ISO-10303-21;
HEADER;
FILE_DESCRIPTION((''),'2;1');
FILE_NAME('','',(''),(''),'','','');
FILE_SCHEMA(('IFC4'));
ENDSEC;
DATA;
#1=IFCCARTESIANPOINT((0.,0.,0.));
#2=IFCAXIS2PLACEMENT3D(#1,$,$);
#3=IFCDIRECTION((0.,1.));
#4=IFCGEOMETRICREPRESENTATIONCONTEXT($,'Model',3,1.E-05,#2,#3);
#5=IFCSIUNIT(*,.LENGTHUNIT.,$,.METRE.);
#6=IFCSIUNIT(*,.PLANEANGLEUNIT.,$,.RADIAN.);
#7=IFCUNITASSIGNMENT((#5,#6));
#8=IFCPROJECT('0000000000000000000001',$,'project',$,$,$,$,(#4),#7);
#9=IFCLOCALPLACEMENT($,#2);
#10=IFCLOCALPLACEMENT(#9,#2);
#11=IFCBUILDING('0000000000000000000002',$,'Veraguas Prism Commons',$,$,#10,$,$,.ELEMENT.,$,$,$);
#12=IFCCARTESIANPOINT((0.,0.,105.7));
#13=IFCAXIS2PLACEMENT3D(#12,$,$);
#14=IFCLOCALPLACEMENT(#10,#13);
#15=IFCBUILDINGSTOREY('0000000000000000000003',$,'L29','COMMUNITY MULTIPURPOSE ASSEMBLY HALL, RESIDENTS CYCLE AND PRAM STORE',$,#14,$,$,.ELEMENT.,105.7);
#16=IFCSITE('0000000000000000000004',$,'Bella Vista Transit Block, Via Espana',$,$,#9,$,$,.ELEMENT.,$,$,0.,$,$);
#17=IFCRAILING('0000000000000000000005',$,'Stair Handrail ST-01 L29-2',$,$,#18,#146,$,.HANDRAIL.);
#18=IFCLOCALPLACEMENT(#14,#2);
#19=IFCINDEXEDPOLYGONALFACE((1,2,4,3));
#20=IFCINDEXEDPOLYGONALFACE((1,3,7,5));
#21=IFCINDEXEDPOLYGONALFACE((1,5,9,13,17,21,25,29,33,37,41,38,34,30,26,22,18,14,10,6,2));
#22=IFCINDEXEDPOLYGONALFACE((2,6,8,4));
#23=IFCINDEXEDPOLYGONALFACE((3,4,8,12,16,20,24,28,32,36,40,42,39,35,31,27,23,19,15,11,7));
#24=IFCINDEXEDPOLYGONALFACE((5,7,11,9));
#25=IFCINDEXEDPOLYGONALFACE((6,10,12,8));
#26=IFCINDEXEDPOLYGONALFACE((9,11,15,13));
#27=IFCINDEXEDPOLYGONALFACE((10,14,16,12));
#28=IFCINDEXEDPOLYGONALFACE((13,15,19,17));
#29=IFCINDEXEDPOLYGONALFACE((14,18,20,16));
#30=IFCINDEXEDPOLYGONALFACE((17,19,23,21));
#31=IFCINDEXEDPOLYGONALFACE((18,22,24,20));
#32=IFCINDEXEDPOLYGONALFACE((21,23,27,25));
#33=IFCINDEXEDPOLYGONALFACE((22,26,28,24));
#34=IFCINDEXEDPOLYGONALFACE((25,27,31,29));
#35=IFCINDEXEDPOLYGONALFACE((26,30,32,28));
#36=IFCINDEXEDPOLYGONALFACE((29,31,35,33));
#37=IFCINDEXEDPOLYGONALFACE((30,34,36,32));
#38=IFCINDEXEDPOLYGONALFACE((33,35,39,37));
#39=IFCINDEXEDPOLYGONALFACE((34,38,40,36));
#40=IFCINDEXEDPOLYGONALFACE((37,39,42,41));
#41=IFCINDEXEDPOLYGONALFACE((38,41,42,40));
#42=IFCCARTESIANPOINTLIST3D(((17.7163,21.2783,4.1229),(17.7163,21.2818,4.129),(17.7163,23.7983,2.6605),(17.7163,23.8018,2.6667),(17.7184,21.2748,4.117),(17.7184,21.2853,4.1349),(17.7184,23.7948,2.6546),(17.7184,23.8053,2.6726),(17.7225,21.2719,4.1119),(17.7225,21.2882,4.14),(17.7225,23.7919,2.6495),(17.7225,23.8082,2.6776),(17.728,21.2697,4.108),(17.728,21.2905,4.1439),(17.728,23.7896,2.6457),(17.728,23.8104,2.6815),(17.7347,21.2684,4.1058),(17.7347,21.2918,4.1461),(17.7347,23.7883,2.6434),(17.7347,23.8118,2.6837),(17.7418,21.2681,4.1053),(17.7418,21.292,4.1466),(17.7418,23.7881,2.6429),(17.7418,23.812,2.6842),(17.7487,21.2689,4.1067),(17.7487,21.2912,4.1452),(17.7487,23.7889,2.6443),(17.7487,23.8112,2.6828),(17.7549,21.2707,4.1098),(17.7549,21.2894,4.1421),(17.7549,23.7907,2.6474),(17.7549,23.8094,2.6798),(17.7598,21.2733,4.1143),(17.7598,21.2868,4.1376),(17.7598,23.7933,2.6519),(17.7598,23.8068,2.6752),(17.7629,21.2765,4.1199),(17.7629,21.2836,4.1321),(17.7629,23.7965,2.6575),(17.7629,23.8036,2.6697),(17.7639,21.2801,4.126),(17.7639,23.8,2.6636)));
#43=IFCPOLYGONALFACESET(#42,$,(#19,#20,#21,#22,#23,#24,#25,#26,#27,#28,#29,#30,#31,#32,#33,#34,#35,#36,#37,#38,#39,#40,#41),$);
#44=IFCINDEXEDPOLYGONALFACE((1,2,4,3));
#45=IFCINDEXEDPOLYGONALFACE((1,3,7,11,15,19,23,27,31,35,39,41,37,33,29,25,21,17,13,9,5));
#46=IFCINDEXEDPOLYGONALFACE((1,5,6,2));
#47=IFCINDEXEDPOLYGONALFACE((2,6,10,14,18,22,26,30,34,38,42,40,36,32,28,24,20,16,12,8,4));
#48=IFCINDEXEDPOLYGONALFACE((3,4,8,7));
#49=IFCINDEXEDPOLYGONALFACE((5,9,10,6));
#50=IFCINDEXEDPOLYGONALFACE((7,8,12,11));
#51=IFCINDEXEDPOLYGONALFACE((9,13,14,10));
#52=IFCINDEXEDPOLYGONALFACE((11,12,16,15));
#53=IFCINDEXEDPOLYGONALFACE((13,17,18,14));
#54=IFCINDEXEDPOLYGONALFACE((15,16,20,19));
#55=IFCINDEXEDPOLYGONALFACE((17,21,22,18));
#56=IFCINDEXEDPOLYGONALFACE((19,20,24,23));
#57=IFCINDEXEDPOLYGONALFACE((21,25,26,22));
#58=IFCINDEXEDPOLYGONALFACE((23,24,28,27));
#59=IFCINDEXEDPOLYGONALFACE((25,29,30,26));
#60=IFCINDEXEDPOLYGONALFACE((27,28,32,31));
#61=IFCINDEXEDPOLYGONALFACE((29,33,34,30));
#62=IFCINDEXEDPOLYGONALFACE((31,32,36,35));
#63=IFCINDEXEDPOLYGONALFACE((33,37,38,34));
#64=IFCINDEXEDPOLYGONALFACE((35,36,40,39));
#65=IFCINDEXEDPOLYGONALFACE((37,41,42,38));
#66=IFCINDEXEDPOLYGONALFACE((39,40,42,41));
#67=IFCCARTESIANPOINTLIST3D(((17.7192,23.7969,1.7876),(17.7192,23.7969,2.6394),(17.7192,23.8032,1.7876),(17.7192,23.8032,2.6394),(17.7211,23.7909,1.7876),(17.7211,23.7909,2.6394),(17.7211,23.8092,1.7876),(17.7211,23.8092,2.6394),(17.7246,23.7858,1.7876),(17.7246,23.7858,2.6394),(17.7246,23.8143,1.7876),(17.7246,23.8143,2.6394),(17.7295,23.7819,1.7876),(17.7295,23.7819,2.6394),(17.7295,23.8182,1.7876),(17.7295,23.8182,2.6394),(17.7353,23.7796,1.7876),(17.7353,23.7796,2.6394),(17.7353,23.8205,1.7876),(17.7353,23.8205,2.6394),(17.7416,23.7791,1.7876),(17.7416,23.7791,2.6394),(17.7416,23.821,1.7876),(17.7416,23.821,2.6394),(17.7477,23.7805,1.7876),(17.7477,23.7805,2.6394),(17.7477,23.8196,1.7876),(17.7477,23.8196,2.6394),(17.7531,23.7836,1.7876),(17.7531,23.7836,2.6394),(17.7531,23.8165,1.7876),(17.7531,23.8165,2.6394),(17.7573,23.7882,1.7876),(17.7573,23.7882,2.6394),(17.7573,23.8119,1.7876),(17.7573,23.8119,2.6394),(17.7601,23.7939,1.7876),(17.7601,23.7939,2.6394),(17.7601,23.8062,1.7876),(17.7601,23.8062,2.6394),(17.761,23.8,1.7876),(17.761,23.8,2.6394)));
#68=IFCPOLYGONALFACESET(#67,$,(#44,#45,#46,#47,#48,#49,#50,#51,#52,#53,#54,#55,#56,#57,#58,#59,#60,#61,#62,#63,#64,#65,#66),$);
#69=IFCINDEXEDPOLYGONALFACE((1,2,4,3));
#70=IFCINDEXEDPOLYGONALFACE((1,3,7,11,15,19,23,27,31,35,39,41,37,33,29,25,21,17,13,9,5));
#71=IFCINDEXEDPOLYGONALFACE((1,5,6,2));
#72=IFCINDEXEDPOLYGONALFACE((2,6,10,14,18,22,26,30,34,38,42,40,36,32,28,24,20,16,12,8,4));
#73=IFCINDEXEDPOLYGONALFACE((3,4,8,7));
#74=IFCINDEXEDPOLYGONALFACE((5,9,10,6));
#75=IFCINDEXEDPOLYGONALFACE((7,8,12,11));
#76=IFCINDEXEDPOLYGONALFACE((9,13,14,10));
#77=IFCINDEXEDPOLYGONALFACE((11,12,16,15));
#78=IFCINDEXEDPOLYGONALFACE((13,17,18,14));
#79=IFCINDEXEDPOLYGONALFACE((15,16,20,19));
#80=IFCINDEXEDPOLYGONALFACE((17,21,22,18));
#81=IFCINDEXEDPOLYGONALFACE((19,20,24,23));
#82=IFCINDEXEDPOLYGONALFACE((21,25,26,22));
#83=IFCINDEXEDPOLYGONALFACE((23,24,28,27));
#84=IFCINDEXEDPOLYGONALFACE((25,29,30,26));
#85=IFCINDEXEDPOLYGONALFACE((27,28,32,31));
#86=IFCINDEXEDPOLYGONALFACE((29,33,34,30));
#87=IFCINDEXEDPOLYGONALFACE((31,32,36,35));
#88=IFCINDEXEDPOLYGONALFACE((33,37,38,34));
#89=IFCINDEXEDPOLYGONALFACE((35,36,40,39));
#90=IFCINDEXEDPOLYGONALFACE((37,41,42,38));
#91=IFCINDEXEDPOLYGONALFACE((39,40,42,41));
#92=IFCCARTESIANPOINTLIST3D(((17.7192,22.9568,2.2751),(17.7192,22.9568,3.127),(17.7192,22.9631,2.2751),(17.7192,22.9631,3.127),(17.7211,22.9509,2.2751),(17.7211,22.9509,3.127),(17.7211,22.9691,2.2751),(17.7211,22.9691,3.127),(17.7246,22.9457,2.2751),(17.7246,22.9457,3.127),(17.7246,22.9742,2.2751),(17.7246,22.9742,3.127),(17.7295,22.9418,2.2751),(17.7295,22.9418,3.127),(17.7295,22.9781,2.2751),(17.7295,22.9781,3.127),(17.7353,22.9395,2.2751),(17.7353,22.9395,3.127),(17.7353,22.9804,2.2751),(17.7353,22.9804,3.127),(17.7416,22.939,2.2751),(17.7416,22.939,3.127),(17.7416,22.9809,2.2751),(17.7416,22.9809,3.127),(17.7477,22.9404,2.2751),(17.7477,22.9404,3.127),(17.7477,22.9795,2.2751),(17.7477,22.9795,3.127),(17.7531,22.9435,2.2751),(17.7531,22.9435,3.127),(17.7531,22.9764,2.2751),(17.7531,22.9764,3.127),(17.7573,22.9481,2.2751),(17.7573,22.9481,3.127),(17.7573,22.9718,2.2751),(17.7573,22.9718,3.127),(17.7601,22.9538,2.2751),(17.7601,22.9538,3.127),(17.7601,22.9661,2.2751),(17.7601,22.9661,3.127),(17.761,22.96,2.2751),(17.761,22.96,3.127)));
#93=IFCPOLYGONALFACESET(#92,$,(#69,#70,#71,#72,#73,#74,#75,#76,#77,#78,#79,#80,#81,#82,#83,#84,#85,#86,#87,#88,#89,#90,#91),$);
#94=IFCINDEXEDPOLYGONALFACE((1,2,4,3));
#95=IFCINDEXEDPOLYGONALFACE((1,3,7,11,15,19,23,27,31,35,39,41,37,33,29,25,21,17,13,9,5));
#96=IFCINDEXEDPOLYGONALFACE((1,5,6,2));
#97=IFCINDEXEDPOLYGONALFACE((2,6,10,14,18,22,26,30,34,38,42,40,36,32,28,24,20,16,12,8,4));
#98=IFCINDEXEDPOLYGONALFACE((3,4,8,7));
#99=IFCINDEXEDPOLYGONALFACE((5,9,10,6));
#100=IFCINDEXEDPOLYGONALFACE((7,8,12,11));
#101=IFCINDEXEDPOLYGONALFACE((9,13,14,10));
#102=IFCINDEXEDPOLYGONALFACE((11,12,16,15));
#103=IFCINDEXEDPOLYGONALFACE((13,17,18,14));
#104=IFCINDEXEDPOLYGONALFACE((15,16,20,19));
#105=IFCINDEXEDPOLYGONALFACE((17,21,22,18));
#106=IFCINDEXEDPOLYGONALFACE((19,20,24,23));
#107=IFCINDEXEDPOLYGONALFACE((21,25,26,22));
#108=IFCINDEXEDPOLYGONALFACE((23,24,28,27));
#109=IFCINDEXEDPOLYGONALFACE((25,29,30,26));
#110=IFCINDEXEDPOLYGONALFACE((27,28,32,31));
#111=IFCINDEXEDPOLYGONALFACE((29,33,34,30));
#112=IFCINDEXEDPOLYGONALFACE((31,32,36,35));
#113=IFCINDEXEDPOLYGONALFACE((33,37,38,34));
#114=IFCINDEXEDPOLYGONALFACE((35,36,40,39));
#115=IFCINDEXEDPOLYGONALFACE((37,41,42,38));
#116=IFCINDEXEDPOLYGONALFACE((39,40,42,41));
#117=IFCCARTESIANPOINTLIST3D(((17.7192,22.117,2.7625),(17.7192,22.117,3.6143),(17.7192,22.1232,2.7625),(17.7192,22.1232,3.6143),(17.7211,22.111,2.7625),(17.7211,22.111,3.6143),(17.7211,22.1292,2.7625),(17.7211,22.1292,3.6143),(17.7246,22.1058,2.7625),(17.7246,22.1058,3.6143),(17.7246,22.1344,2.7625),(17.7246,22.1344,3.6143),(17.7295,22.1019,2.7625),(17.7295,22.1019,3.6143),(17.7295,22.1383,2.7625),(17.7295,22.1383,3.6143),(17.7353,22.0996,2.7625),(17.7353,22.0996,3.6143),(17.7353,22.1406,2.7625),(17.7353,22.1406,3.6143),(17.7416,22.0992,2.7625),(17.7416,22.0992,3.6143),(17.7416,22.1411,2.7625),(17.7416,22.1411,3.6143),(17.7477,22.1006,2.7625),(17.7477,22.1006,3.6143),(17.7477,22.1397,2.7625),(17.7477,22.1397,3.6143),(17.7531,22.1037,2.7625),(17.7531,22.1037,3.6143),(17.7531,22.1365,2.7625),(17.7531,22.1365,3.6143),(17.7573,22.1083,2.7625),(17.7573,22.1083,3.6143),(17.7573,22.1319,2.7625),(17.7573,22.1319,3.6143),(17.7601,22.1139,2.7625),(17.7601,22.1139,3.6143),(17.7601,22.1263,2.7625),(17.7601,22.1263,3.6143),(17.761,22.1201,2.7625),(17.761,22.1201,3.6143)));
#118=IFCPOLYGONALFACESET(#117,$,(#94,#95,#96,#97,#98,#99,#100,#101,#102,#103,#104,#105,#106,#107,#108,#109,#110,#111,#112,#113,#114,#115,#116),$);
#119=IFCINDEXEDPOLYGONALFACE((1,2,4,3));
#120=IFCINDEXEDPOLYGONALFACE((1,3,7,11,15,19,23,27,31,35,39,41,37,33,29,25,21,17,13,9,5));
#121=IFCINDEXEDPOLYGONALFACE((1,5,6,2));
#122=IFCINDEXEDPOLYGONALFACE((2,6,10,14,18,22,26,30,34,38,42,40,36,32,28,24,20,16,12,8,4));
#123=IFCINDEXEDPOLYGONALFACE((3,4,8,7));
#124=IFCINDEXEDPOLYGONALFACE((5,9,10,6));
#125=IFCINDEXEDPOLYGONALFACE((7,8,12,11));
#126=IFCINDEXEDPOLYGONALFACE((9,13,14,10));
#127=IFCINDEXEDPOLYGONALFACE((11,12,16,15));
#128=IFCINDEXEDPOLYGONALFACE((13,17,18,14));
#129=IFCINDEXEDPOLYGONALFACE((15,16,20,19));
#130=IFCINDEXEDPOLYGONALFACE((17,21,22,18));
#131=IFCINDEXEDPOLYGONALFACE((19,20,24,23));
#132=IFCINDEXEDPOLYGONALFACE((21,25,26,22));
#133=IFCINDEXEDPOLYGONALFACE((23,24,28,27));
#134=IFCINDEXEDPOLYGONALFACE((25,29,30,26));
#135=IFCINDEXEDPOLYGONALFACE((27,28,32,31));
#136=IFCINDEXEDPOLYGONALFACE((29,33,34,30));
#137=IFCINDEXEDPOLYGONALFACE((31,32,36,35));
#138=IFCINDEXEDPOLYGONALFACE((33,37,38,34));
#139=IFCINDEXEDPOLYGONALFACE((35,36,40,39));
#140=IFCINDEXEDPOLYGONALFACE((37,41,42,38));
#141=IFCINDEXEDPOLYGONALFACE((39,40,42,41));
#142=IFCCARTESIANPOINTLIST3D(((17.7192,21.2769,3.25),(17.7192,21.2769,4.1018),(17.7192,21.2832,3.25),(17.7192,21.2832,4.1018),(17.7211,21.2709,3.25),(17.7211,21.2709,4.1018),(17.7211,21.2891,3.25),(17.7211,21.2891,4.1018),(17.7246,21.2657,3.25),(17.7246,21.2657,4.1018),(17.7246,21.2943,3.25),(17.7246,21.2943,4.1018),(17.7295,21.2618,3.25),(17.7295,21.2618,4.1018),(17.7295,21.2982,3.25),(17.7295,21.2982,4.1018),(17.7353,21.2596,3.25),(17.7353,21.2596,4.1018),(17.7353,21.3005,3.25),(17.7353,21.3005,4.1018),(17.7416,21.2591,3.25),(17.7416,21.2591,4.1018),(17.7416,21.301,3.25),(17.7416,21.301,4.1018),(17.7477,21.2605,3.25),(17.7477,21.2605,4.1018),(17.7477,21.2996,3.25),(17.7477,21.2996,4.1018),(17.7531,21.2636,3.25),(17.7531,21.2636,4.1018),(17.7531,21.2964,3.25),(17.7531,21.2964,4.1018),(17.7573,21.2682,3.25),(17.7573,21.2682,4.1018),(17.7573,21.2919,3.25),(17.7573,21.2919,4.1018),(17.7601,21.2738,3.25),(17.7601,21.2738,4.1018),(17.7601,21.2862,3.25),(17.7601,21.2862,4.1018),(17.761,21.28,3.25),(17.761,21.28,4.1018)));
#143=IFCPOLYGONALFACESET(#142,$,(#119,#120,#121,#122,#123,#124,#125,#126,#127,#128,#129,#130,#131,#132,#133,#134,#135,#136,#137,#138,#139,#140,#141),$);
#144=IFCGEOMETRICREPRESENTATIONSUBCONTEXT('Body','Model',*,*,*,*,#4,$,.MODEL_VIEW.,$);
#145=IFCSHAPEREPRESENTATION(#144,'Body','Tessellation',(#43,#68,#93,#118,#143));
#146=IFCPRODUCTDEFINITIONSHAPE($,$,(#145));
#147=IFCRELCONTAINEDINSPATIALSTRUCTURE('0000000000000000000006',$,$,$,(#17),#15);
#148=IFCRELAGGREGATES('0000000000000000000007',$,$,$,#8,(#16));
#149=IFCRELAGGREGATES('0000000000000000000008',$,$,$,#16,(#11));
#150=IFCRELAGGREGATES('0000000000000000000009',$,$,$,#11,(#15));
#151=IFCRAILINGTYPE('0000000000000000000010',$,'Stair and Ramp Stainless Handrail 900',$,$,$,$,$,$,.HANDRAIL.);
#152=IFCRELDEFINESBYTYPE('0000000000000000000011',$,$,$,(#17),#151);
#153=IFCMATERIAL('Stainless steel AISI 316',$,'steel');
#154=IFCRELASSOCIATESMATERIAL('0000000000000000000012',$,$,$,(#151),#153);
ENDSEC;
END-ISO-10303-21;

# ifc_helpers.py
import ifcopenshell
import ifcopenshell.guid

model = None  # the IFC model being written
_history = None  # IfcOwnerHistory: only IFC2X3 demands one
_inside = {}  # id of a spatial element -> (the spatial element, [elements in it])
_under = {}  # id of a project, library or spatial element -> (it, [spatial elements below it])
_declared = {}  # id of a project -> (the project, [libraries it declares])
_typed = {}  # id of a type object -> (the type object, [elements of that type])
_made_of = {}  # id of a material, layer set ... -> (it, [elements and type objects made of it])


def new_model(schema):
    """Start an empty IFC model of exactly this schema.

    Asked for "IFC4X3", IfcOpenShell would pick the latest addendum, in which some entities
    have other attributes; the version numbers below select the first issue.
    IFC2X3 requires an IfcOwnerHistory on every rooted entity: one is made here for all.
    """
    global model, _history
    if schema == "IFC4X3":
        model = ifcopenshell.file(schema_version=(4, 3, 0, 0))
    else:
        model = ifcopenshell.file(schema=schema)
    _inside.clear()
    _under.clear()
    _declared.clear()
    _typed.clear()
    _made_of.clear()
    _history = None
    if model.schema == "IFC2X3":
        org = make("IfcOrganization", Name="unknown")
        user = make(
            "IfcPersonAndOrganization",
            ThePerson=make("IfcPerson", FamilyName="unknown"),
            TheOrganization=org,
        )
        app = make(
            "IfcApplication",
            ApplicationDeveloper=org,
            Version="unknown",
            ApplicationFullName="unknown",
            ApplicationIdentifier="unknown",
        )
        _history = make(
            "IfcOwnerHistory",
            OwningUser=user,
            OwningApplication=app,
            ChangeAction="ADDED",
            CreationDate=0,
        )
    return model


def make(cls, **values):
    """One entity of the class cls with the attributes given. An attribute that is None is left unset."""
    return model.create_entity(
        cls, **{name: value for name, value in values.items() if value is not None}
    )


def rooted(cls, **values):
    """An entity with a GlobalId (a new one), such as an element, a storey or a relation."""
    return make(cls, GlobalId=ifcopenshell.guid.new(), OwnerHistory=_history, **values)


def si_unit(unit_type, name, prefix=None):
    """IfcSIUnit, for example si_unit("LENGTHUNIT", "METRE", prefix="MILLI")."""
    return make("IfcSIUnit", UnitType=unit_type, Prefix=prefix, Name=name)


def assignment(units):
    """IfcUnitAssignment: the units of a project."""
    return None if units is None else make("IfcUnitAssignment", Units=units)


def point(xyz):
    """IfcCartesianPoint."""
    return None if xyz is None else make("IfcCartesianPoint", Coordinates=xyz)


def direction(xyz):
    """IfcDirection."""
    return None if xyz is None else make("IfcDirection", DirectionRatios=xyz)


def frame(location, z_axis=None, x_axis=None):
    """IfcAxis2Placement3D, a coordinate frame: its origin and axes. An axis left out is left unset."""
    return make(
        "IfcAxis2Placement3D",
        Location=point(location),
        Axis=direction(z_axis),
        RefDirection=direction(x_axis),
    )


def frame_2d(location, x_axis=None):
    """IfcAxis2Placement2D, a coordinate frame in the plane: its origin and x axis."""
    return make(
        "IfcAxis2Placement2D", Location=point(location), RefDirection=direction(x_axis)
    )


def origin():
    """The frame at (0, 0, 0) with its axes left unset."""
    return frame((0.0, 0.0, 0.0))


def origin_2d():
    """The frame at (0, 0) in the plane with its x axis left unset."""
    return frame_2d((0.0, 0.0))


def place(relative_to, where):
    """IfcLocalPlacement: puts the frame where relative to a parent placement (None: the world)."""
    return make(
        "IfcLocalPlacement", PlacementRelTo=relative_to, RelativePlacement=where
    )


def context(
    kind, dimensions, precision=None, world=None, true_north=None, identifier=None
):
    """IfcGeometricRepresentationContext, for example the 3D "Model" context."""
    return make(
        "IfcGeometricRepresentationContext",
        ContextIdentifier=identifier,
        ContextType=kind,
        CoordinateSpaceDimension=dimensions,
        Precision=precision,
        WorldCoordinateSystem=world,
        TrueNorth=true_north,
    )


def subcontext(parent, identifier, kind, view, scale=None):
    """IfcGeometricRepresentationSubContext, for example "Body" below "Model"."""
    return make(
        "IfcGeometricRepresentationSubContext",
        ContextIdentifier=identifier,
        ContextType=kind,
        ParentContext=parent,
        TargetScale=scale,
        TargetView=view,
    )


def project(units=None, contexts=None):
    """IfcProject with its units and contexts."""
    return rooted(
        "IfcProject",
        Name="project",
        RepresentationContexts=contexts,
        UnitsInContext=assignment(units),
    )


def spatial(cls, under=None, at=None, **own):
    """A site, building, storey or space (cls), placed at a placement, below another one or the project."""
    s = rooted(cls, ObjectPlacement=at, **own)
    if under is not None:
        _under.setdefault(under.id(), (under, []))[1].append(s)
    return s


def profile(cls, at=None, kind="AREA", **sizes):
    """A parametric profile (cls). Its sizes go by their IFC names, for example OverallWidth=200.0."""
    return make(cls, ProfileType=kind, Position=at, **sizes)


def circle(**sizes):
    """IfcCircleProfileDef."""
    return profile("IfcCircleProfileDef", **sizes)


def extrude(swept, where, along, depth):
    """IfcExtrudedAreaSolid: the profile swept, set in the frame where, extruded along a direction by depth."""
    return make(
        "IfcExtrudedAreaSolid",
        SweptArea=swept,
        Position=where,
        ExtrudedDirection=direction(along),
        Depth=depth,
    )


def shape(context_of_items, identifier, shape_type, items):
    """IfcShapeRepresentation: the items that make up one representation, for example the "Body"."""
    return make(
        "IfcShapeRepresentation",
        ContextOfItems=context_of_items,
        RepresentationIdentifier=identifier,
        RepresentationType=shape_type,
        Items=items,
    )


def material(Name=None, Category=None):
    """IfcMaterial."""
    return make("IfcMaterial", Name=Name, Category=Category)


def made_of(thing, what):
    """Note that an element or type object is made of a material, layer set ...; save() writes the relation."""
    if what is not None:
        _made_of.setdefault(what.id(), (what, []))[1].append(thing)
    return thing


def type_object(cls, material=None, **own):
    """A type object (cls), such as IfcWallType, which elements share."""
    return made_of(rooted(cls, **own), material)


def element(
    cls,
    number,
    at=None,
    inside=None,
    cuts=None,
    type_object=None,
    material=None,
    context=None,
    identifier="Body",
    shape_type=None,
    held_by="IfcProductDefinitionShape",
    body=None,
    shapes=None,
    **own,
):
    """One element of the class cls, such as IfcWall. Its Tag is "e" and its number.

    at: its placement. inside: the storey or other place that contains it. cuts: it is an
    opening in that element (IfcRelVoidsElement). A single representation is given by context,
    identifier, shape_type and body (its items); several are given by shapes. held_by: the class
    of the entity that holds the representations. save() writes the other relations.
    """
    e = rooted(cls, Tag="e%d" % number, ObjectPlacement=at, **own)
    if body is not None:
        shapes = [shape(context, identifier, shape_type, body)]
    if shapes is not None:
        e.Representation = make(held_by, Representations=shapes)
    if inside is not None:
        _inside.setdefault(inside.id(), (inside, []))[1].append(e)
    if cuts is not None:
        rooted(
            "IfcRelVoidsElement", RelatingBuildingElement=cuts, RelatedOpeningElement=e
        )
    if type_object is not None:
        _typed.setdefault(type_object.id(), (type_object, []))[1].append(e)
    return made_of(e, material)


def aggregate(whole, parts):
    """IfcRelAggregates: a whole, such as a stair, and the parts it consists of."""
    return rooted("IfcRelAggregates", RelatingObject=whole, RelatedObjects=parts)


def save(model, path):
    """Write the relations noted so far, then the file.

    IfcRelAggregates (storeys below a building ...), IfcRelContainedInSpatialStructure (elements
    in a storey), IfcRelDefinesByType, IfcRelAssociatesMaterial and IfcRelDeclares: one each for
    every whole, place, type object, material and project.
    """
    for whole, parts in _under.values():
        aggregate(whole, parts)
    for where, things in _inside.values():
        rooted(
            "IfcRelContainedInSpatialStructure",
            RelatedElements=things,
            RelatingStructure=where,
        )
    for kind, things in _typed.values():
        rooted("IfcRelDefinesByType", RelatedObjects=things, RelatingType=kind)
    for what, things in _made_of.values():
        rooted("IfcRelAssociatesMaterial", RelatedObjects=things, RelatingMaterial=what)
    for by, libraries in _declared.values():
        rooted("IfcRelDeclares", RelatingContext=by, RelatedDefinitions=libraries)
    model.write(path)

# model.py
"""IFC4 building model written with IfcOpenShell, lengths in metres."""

from ifc_helpers import new_model, si_unit, direction, frame, origin, origin_2d, place, context, subcontext, project, spatial, circle, extrude, material, type_object, element, save


model = new_model("IFC4")

# Units and contexts
model_context = context("Model", 3, precision=1e-05, world=origin(), true_north=direction((0.0, 1.0)))
body_context = subcontext(model_context, "Body", "Model", "MODEL_VIEW")
ifc_project = project(units=[si_unit("LENGTHUNIT", "METRE"), si_unit("PLANEANGLEUNIT", "RADIAN")], contexts=[model_context])

# Site, building, storey
site_placement = place(None, origin())
site = spatial("IfcSite", under=ifc_project, at=site_placement, Name="Bella Vista Transit Block, Via Espana", CompositionType="ELEMENT", RefElevation=0.0)
building_placement = place(site_placement, origin())
building = spatial("IfcBuilding", under=site, at=building_placement, Name="Veraguas Prism Commons", CompositionType="ELEMENT")
storey_placement = place(building_placement, frame((0.0, 0.0, 105.7)))
storey = spatial("IfcBuildingStorey", under=building, at=storey_placement, Name="L29", Description="COMMUNITY MULTIPURPOSE ASSEMBLY HALL, RESIDENTS CYCLE AND PRAM STORE", CompositionType="ELEMENT", Elevation=105.7)

# Railing
ifc_material_1 = material(Name="Stainless steel AISI 316", Category="steel")
railing_type_1 = type_object("IfcRailingType", Name="Stair and Ramp Stainless Handrail 900", PredefinedType="HANDRAIL", material=ifc_material_1)
railing_1_placement = place(storey_placement, frame((17.74, 23.8, 1.7876)))
element("IfcRailing", 1, at=railing_1_placement, inside=storey, type_object=railing_type_1, Name="Stair Handrail ST-01 L29-2", PredefinedType="HANDRAIL", context=body_context, shape_type="SweptSolid", body=[
    extrude(circle(Radius=0.0239, at=origin_2d()), frame((0.0, 0.0, 0.876), z_axis=(0.0, -0.864913, 0.501921), x_axis=(1.0, 0.0, 0.0)), (0.0, 0.0, 1.0), 2.9136),
    extrude(circle(Radius=0.021, at=origin_2d()), origin(), (0.0, 0.0, 1.0), 0.8518),
    extrude(circle(Radius=0.021, at=origin_2d()), frame((0.0, -0.8401, 0.4875)), (0.0, 0.0, 1.0), 0.8518),
    extrude(circle(Radius=0.021, at=origin_2d()), frame((0.0, -1.6799, 0.9749)), (0.0, 0.0, 1.0), 0.8518),
    extrude(circle(Radius=0.021, at=origin_2d()), frame((0.0, -2.52, 1.4624)), (0.0, 0.0, 1.0), 0.8518),
])

save(model, "model.ifc")
